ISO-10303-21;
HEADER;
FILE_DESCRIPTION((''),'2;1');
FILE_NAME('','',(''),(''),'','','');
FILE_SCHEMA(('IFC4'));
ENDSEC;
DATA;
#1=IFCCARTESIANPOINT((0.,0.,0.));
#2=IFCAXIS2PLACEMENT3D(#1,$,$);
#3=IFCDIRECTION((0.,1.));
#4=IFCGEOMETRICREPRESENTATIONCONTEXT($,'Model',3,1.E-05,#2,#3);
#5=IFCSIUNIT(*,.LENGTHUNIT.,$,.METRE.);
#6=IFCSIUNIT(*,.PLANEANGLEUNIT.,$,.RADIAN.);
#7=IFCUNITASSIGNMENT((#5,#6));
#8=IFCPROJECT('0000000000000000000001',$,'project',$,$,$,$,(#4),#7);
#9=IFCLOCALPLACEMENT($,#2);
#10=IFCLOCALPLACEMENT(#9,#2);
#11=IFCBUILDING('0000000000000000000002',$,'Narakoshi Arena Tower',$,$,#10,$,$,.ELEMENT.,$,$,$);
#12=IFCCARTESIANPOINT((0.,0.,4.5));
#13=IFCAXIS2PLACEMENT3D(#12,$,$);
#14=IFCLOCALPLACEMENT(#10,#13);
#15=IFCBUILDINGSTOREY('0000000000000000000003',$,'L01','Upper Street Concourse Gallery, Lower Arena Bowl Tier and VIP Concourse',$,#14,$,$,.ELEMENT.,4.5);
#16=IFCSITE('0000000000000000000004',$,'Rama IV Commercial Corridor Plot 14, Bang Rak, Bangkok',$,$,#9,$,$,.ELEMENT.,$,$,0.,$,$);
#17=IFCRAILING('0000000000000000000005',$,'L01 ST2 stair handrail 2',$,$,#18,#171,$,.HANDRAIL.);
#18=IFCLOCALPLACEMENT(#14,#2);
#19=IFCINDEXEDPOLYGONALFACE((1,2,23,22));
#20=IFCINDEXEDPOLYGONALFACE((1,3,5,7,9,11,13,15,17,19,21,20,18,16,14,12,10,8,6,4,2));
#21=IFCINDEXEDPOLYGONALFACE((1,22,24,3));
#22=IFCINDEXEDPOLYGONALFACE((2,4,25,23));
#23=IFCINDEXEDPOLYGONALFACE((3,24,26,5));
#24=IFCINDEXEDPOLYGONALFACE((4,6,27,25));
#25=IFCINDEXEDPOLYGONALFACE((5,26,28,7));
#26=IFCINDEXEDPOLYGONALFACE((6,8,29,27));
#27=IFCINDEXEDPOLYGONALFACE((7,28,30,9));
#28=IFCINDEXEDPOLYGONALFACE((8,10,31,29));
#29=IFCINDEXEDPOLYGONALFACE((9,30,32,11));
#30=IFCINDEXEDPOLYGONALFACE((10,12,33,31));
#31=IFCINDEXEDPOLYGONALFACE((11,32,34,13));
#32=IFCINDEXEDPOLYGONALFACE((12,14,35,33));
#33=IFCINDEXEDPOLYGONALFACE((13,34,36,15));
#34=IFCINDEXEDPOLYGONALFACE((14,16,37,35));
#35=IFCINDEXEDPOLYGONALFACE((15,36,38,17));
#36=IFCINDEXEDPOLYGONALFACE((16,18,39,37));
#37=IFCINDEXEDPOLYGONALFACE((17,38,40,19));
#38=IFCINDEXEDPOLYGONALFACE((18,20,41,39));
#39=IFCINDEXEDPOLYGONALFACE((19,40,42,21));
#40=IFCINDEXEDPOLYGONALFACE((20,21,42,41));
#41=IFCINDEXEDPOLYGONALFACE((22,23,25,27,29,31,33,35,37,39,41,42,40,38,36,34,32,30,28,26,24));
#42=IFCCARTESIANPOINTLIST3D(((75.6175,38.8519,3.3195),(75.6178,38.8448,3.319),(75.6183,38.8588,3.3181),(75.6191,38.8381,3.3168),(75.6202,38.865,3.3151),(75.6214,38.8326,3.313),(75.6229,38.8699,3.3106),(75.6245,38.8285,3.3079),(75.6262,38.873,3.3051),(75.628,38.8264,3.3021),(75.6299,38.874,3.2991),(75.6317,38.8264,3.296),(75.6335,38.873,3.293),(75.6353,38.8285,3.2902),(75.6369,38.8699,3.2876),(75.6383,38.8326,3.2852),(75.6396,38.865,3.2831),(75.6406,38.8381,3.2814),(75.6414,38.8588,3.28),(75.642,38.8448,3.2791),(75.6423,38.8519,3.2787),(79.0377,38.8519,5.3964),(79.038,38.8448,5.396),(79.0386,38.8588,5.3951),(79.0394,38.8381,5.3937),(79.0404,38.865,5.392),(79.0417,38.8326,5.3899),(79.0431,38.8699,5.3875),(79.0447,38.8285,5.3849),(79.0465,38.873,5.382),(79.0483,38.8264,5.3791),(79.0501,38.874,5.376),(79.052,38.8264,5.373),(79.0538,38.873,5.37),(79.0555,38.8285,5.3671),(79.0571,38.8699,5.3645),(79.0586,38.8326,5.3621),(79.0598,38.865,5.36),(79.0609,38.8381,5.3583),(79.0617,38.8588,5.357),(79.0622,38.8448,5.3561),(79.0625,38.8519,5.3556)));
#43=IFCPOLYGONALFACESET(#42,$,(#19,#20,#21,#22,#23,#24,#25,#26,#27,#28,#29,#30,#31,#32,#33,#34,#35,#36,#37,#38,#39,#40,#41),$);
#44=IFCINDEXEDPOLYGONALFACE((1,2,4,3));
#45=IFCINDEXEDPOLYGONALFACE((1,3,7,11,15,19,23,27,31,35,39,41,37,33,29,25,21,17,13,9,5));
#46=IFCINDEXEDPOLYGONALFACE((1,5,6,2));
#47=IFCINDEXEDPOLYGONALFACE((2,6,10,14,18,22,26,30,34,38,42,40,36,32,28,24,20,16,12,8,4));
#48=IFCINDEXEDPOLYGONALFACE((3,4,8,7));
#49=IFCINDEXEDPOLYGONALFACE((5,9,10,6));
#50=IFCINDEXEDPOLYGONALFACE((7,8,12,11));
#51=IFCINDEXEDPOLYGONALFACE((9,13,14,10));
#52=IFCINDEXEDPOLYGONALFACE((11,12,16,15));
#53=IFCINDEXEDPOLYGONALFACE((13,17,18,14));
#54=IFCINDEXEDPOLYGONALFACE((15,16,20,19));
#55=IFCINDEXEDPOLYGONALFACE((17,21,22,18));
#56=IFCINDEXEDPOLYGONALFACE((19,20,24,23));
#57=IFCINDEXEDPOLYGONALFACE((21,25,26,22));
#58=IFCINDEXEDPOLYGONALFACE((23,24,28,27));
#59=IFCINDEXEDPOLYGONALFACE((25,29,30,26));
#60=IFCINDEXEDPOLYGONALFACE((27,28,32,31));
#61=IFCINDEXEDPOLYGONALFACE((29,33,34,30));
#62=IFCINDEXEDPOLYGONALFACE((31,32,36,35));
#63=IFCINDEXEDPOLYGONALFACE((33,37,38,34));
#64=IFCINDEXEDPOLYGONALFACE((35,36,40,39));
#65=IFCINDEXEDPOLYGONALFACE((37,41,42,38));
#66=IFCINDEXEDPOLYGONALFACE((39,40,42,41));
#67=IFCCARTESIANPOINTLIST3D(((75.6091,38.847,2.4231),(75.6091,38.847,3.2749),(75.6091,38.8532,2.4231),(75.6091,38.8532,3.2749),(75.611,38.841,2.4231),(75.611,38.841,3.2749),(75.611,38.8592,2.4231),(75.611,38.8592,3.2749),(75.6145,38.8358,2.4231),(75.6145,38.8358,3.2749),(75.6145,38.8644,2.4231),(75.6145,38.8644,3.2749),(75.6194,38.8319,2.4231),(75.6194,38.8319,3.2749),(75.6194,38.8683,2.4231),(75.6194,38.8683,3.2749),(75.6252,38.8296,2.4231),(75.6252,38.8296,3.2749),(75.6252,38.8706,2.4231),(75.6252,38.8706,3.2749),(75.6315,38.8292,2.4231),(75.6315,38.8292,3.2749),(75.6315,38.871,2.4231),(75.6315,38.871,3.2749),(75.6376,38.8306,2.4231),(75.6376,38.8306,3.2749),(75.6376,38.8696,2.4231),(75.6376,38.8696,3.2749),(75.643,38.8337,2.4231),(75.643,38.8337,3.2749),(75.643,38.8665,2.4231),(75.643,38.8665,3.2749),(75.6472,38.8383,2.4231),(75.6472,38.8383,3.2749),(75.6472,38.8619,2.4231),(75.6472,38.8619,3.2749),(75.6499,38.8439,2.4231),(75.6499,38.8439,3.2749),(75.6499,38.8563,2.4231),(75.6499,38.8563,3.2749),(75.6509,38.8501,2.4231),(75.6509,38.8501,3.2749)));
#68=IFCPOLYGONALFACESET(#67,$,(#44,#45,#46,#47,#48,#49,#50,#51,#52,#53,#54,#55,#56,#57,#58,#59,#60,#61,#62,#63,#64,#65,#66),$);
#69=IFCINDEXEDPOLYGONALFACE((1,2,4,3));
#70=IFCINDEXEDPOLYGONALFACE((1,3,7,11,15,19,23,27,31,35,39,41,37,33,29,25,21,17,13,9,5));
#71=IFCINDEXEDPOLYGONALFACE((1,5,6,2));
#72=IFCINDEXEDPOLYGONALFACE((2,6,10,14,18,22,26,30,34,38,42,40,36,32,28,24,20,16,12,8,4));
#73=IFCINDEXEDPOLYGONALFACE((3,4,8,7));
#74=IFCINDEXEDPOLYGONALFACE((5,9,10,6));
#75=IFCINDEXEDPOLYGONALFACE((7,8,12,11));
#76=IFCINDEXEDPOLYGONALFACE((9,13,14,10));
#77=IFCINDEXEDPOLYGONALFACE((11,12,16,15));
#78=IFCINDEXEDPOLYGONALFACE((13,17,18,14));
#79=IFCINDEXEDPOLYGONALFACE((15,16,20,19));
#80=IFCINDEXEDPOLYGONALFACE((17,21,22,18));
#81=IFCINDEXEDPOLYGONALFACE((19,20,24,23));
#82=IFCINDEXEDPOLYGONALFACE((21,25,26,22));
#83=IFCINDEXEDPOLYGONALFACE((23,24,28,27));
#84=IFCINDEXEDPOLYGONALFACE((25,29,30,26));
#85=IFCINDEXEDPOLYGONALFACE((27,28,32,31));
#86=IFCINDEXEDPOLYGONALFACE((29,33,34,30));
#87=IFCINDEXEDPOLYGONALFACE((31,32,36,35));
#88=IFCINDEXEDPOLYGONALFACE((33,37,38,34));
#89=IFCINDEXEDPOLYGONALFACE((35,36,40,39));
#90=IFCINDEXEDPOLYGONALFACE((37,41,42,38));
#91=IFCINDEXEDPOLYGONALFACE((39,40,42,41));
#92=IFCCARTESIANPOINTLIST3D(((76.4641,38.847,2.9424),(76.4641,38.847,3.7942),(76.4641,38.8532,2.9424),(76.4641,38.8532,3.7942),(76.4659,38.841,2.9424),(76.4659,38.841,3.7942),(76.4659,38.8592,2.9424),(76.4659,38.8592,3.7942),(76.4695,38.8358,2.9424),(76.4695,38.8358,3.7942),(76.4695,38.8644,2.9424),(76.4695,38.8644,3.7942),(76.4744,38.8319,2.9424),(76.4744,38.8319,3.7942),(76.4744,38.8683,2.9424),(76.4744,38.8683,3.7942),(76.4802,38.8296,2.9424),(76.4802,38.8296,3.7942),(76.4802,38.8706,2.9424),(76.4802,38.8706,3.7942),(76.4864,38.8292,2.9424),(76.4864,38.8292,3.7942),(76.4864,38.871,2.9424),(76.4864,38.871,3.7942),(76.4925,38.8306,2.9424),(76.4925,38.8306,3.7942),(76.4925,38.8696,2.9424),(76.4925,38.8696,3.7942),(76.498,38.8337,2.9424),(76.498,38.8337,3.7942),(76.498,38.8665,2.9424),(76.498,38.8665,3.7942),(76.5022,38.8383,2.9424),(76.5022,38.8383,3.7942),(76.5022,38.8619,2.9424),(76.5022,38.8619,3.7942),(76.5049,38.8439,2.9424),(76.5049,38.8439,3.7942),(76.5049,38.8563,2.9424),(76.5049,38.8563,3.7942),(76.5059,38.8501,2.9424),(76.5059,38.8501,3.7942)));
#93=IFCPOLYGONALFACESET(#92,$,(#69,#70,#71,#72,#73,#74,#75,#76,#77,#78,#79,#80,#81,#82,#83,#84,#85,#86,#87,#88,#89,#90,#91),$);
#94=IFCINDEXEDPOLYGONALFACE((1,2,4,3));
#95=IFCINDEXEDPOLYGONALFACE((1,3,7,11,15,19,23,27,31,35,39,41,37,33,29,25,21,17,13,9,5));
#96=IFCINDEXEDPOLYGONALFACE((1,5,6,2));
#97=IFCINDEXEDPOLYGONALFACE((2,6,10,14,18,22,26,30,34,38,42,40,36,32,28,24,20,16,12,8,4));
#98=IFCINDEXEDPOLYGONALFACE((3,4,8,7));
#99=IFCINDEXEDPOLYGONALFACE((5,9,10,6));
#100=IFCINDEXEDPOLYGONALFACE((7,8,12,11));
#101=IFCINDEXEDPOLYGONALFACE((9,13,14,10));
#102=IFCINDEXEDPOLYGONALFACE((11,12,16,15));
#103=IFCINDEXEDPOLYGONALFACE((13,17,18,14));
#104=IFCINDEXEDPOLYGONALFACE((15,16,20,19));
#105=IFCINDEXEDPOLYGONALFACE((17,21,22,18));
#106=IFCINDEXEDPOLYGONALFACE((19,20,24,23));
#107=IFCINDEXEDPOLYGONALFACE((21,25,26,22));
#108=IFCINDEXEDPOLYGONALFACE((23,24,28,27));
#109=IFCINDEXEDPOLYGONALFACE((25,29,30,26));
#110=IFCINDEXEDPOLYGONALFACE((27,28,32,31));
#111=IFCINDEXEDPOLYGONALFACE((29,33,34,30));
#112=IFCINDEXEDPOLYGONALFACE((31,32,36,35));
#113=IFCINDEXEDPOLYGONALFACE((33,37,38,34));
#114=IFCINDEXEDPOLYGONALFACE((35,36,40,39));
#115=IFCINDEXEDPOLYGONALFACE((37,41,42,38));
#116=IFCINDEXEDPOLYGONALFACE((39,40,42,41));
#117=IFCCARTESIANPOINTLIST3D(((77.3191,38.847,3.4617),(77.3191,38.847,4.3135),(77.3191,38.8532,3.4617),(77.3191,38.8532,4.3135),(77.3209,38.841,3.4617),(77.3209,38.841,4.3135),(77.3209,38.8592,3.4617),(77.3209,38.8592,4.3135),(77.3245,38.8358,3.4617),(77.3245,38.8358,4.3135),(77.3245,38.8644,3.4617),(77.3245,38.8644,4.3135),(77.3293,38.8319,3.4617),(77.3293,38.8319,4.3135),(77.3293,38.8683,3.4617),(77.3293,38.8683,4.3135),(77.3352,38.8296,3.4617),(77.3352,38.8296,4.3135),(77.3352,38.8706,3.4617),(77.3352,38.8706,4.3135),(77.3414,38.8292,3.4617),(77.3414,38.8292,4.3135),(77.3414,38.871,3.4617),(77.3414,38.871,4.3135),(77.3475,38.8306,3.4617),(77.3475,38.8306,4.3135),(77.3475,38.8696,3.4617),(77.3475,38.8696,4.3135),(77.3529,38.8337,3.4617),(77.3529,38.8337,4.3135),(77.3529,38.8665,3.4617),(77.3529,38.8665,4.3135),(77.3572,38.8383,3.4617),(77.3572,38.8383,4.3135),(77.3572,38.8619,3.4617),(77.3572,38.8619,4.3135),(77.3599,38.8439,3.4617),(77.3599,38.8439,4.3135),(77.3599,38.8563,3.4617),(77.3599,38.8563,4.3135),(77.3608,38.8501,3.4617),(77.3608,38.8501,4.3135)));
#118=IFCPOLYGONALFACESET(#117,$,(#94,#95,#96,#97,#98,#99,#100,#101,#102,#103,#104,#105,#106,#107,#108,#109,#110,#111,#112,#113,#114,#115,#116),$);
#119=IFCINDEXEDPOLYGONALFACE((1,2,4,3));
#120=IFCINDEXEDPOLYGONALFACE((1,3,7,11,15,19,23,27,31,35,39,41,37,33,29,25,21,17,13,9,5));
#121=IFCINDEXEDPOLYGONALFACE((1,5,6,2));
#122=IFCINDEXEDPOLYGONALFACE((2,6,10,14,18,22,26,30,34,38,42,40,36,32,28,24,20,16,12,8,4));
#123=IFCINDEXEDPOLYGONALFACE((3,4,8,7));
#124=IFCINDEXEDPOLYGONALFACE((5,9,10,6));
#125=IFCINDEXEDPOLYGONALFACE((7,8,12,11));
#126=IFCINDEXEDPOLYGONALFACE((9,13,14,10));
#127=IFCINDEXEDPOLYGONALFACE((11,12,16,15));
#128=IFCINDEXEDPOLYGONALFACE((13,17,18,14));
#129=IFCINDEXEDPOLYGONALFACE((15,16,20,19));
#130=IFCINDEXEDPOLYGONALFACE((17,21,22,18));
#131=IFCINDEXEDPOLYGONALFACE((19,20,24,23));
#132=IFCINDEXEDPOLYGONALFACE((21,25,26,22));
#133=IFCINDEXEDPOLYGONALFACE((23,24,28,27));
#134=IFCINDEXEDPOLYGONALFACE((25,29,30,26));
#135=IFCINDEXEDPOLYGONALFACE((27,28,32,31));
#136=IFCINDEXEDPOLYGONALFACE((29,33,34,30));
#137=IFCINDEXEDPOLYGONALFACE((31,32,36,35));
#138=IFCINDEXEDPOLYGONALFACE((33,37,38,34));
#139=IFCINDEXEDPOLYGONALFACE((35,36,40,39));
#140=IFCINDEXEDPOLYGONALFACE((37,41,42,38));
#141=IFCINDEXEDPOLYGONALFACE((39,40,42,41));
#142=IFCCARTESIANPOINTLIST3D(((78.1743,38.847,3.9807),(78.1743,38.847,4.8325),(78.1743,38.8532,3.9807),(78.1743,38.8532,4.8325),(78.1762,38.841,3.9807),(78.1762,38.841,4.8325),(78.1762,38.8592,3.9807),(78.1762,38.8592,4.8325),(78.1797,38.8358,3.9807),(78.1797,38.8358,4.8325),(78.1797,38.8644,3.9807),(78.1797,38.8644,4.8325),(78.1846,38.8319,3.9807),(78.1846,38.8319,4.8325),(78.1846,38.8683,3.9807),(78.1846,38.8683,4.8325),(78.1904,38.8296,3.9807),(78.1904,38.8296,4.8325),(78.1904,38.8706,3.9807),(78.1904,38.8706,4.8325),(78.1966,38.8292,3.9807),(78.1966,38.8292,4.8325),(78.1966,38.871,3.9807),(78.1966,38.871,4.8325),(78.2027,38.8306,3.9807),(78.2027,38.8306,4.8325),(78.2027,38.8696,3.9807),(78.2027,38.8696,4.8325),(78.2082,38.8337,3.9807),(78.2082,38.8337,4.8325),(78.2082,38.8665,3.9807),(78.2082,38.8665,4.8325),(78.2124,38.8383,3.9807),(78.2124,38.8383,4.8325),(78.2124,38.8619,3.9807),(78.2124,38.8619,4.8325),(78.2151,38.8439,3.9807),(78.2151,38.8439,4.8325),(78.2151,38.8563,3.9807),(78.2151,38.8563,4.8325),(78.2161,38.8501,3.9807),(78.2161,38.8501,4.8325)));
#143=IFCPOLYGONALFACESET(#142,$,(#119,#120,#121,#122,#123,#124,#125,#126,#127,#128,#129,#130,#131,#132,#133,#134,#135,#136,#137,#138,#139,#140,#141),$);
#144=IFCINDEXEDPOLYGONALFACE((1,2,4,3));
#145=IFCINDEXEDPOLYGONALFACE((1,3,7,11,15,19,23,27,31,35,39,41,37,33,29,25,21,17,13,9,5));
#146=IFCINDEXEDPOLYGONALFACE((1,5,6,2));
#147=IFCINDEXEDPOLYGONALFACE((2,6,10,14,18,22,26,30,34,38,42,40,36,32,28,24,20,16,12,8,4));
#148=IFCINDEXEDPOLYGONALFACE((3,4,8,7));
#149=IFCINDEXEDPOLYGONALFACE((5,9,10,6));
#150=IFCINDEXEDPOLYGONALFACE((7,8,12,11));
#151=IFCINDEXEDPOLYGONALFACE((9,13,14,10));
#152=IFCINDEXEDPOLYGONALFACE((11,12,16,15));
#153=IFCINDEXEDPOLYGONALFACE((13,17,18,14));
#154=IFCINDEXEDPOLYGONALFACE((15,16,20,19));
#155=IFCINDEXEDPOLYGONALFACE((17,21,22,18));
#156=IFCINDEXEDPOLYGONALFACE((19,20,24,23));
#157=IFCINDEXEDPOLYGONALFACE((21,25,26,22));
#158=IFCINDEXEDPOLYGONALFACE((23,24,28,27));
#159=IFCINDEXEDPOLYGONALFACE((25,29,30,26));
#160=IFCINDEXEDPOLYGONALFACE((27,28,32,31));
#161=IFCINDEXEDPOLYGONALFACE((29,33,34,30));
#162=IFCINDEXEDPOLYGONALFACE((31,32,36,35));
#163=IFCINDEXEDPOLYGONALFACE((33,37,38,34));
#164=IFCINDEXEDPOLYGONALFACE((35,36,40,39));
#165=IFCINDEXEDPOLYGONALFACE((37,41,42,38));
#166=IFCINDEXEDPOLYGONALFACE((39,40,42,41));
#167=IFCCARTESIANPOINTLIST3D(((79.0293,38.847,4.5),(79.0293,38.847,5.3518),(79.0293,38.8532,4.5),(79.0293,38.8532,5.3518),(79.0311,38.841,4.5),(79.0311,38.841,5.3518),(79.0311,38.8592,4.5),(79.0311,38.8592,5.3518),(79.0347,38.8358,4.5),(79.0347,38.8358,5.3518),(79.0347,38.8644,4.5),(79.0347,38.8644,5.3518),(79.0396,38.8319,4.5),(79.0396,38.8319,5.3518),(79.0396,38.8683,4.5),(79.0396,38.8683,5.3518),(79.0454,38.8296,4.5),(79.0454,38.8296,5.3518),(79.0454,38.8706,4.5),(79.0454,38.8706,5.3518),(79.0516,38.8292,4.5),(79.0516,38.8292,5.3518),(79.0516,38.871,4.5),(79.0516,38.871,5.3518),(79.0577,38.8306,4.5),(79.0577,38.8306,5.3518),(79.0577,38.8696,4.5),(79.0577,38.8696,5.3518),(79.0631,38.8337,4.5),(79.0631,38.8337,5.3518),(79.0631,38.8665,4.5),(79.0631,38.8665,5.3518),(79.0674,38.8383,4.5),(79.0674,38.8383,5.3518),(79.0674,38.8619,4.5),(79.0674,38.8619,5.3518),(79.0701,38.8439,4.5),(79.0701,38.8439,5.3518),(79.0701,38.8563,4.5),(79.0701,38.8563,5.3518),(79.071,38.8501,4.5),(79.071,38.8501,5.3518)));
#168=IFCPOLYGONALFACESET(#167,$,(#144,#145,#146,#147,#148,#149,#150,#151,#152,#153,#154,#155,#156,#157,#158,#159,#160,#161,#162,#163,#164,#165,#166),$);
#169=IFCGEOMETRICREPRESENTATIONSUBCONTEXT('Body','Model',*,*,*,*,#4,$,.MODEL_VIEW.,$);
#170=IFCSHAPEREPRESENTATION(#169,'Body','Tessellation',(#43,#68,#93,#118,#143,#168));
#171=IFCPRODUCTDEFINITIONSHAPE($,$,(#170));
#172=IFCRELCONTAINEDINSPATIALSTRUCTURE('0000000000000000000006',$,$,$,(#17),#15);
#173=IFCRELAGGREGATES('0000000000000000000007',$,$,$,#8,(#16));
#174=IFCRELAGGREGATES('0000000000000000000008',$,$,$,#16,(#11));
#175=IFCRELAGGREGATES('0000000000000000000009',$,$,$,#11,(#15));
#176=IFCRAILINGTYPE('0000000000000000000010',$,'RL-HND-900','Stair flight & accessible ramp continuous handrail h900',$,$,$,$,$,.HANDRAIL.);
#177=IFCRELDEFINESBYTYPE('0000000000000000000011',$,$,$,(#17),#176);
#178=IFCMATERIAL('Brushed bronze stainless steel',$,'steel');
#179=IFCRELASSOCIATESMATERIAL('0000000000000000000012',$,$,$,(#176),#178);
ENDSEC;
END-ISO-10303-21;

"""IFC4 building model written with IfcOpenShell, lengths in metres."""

from ifc_helpers import new_model, si_unit, direction, frame, origin, origin_2d, place, context, subcontext, project, spatial, circle, extrude, material, type_object, element, save


model = new_model("IFC4")

# Units and contexts
model_context = context("Model", 3, precision=1e-05, world=origin(), true_north=direction((0.0, 1.0)))
body_context = subcontext(model_context, "Body", "Model", "MODEL_VIEW")
ifc_project = project(units=[si_unit("LENGTHUNIT", "METRE"), si_unit("PLANEANGLEUNIT", "RADIAN")], contexts=[model_context])

# Site, building, storey
site_placement = place(None, origin())
site = spatial("IfcSite", under=ifc_project, at=site_placement, Name="Rama IV Commercial Corridor Plot 14, Bang Rak, Bangkok", CompositionType="ELEMENT", RefElevation=0.0)
building_placement = place(site_placement, origin())
building = spatial("IfcBuilding", under=site, at=building_placement, Name="Narakoshi Arena Tower", CompositionType="ELEMENT")
storey_placement = place(building_placement, frame((0.0, 0.0, 4.5)))
storey = spatial("IfcBuildingStorey", under=building, at=storey_placement, Name="L01", Description="Upper Street Concourse Gallery, Lower Arena Bowl Tier and VIP Concourse", CompositionType="ELEMENT", Elevation=4.5)

# Railing
ifc_material_1 = material(Name="Brushed bronze stainless steel", Category="steel")
railing_type_1 = type_object("IfcRailingType", Name="RL-HND-900", Description="Stair flight & accessible ramp continuous handrail h900", PredefinedType="HANDRAIL", material=ifc_material_1)
for number, where, name in (
    (1, (75.6299, 38.8501, 2.4231), "L01 ST2 stair handrail 2"),
):
    element("IfcRailing", number, at=place(storey_placement, frame(where)), inside=storey, type_object=railing_type_1, Name=name, PredefinedType="HANDRAIL", context=body_context, shape_type="SweptSolid", body=[
        extrude(circle(Radius=0.0239, at=origin_2d()), frame((0.0, 0.0, 0.876), z_axis=(0.854746, 0.0, 0.519047), x_axis=(0.0, 1.0, 0.0)), (0.0, 0.0, 1.0), 4.0015),
        extrude(circle(Radius=0.021, at=origin_2d()), origin(), (0.0, 0.0, 1.0), 0.8518),
        extrude(circle(Radius=0.021, at=origin_2d()), frame((0.855, 0.0, 0.5193)), (0.0, 0.0, 1.0), 0.8518),
        extrude(circle(Radius=0.021, at=origin_2d()), frame((1.71, 0.0, 1.0386)), (0.0, 0.0, 1.0), 0.8518),
        extrude(circle(Radius=0.021, at=origin_2d()), frame((2.5652, 0.0, 1.5576)), (0.0, 0.0, 1.0), 0.8518),
        extrude(circle(Radius=0.021, at=origin_2d()), frame((3.4202, 0.0, 2.0769)), (0.0, 0.0, 1.0), 0.8518),
    ])

save(model, "model.ifc")
